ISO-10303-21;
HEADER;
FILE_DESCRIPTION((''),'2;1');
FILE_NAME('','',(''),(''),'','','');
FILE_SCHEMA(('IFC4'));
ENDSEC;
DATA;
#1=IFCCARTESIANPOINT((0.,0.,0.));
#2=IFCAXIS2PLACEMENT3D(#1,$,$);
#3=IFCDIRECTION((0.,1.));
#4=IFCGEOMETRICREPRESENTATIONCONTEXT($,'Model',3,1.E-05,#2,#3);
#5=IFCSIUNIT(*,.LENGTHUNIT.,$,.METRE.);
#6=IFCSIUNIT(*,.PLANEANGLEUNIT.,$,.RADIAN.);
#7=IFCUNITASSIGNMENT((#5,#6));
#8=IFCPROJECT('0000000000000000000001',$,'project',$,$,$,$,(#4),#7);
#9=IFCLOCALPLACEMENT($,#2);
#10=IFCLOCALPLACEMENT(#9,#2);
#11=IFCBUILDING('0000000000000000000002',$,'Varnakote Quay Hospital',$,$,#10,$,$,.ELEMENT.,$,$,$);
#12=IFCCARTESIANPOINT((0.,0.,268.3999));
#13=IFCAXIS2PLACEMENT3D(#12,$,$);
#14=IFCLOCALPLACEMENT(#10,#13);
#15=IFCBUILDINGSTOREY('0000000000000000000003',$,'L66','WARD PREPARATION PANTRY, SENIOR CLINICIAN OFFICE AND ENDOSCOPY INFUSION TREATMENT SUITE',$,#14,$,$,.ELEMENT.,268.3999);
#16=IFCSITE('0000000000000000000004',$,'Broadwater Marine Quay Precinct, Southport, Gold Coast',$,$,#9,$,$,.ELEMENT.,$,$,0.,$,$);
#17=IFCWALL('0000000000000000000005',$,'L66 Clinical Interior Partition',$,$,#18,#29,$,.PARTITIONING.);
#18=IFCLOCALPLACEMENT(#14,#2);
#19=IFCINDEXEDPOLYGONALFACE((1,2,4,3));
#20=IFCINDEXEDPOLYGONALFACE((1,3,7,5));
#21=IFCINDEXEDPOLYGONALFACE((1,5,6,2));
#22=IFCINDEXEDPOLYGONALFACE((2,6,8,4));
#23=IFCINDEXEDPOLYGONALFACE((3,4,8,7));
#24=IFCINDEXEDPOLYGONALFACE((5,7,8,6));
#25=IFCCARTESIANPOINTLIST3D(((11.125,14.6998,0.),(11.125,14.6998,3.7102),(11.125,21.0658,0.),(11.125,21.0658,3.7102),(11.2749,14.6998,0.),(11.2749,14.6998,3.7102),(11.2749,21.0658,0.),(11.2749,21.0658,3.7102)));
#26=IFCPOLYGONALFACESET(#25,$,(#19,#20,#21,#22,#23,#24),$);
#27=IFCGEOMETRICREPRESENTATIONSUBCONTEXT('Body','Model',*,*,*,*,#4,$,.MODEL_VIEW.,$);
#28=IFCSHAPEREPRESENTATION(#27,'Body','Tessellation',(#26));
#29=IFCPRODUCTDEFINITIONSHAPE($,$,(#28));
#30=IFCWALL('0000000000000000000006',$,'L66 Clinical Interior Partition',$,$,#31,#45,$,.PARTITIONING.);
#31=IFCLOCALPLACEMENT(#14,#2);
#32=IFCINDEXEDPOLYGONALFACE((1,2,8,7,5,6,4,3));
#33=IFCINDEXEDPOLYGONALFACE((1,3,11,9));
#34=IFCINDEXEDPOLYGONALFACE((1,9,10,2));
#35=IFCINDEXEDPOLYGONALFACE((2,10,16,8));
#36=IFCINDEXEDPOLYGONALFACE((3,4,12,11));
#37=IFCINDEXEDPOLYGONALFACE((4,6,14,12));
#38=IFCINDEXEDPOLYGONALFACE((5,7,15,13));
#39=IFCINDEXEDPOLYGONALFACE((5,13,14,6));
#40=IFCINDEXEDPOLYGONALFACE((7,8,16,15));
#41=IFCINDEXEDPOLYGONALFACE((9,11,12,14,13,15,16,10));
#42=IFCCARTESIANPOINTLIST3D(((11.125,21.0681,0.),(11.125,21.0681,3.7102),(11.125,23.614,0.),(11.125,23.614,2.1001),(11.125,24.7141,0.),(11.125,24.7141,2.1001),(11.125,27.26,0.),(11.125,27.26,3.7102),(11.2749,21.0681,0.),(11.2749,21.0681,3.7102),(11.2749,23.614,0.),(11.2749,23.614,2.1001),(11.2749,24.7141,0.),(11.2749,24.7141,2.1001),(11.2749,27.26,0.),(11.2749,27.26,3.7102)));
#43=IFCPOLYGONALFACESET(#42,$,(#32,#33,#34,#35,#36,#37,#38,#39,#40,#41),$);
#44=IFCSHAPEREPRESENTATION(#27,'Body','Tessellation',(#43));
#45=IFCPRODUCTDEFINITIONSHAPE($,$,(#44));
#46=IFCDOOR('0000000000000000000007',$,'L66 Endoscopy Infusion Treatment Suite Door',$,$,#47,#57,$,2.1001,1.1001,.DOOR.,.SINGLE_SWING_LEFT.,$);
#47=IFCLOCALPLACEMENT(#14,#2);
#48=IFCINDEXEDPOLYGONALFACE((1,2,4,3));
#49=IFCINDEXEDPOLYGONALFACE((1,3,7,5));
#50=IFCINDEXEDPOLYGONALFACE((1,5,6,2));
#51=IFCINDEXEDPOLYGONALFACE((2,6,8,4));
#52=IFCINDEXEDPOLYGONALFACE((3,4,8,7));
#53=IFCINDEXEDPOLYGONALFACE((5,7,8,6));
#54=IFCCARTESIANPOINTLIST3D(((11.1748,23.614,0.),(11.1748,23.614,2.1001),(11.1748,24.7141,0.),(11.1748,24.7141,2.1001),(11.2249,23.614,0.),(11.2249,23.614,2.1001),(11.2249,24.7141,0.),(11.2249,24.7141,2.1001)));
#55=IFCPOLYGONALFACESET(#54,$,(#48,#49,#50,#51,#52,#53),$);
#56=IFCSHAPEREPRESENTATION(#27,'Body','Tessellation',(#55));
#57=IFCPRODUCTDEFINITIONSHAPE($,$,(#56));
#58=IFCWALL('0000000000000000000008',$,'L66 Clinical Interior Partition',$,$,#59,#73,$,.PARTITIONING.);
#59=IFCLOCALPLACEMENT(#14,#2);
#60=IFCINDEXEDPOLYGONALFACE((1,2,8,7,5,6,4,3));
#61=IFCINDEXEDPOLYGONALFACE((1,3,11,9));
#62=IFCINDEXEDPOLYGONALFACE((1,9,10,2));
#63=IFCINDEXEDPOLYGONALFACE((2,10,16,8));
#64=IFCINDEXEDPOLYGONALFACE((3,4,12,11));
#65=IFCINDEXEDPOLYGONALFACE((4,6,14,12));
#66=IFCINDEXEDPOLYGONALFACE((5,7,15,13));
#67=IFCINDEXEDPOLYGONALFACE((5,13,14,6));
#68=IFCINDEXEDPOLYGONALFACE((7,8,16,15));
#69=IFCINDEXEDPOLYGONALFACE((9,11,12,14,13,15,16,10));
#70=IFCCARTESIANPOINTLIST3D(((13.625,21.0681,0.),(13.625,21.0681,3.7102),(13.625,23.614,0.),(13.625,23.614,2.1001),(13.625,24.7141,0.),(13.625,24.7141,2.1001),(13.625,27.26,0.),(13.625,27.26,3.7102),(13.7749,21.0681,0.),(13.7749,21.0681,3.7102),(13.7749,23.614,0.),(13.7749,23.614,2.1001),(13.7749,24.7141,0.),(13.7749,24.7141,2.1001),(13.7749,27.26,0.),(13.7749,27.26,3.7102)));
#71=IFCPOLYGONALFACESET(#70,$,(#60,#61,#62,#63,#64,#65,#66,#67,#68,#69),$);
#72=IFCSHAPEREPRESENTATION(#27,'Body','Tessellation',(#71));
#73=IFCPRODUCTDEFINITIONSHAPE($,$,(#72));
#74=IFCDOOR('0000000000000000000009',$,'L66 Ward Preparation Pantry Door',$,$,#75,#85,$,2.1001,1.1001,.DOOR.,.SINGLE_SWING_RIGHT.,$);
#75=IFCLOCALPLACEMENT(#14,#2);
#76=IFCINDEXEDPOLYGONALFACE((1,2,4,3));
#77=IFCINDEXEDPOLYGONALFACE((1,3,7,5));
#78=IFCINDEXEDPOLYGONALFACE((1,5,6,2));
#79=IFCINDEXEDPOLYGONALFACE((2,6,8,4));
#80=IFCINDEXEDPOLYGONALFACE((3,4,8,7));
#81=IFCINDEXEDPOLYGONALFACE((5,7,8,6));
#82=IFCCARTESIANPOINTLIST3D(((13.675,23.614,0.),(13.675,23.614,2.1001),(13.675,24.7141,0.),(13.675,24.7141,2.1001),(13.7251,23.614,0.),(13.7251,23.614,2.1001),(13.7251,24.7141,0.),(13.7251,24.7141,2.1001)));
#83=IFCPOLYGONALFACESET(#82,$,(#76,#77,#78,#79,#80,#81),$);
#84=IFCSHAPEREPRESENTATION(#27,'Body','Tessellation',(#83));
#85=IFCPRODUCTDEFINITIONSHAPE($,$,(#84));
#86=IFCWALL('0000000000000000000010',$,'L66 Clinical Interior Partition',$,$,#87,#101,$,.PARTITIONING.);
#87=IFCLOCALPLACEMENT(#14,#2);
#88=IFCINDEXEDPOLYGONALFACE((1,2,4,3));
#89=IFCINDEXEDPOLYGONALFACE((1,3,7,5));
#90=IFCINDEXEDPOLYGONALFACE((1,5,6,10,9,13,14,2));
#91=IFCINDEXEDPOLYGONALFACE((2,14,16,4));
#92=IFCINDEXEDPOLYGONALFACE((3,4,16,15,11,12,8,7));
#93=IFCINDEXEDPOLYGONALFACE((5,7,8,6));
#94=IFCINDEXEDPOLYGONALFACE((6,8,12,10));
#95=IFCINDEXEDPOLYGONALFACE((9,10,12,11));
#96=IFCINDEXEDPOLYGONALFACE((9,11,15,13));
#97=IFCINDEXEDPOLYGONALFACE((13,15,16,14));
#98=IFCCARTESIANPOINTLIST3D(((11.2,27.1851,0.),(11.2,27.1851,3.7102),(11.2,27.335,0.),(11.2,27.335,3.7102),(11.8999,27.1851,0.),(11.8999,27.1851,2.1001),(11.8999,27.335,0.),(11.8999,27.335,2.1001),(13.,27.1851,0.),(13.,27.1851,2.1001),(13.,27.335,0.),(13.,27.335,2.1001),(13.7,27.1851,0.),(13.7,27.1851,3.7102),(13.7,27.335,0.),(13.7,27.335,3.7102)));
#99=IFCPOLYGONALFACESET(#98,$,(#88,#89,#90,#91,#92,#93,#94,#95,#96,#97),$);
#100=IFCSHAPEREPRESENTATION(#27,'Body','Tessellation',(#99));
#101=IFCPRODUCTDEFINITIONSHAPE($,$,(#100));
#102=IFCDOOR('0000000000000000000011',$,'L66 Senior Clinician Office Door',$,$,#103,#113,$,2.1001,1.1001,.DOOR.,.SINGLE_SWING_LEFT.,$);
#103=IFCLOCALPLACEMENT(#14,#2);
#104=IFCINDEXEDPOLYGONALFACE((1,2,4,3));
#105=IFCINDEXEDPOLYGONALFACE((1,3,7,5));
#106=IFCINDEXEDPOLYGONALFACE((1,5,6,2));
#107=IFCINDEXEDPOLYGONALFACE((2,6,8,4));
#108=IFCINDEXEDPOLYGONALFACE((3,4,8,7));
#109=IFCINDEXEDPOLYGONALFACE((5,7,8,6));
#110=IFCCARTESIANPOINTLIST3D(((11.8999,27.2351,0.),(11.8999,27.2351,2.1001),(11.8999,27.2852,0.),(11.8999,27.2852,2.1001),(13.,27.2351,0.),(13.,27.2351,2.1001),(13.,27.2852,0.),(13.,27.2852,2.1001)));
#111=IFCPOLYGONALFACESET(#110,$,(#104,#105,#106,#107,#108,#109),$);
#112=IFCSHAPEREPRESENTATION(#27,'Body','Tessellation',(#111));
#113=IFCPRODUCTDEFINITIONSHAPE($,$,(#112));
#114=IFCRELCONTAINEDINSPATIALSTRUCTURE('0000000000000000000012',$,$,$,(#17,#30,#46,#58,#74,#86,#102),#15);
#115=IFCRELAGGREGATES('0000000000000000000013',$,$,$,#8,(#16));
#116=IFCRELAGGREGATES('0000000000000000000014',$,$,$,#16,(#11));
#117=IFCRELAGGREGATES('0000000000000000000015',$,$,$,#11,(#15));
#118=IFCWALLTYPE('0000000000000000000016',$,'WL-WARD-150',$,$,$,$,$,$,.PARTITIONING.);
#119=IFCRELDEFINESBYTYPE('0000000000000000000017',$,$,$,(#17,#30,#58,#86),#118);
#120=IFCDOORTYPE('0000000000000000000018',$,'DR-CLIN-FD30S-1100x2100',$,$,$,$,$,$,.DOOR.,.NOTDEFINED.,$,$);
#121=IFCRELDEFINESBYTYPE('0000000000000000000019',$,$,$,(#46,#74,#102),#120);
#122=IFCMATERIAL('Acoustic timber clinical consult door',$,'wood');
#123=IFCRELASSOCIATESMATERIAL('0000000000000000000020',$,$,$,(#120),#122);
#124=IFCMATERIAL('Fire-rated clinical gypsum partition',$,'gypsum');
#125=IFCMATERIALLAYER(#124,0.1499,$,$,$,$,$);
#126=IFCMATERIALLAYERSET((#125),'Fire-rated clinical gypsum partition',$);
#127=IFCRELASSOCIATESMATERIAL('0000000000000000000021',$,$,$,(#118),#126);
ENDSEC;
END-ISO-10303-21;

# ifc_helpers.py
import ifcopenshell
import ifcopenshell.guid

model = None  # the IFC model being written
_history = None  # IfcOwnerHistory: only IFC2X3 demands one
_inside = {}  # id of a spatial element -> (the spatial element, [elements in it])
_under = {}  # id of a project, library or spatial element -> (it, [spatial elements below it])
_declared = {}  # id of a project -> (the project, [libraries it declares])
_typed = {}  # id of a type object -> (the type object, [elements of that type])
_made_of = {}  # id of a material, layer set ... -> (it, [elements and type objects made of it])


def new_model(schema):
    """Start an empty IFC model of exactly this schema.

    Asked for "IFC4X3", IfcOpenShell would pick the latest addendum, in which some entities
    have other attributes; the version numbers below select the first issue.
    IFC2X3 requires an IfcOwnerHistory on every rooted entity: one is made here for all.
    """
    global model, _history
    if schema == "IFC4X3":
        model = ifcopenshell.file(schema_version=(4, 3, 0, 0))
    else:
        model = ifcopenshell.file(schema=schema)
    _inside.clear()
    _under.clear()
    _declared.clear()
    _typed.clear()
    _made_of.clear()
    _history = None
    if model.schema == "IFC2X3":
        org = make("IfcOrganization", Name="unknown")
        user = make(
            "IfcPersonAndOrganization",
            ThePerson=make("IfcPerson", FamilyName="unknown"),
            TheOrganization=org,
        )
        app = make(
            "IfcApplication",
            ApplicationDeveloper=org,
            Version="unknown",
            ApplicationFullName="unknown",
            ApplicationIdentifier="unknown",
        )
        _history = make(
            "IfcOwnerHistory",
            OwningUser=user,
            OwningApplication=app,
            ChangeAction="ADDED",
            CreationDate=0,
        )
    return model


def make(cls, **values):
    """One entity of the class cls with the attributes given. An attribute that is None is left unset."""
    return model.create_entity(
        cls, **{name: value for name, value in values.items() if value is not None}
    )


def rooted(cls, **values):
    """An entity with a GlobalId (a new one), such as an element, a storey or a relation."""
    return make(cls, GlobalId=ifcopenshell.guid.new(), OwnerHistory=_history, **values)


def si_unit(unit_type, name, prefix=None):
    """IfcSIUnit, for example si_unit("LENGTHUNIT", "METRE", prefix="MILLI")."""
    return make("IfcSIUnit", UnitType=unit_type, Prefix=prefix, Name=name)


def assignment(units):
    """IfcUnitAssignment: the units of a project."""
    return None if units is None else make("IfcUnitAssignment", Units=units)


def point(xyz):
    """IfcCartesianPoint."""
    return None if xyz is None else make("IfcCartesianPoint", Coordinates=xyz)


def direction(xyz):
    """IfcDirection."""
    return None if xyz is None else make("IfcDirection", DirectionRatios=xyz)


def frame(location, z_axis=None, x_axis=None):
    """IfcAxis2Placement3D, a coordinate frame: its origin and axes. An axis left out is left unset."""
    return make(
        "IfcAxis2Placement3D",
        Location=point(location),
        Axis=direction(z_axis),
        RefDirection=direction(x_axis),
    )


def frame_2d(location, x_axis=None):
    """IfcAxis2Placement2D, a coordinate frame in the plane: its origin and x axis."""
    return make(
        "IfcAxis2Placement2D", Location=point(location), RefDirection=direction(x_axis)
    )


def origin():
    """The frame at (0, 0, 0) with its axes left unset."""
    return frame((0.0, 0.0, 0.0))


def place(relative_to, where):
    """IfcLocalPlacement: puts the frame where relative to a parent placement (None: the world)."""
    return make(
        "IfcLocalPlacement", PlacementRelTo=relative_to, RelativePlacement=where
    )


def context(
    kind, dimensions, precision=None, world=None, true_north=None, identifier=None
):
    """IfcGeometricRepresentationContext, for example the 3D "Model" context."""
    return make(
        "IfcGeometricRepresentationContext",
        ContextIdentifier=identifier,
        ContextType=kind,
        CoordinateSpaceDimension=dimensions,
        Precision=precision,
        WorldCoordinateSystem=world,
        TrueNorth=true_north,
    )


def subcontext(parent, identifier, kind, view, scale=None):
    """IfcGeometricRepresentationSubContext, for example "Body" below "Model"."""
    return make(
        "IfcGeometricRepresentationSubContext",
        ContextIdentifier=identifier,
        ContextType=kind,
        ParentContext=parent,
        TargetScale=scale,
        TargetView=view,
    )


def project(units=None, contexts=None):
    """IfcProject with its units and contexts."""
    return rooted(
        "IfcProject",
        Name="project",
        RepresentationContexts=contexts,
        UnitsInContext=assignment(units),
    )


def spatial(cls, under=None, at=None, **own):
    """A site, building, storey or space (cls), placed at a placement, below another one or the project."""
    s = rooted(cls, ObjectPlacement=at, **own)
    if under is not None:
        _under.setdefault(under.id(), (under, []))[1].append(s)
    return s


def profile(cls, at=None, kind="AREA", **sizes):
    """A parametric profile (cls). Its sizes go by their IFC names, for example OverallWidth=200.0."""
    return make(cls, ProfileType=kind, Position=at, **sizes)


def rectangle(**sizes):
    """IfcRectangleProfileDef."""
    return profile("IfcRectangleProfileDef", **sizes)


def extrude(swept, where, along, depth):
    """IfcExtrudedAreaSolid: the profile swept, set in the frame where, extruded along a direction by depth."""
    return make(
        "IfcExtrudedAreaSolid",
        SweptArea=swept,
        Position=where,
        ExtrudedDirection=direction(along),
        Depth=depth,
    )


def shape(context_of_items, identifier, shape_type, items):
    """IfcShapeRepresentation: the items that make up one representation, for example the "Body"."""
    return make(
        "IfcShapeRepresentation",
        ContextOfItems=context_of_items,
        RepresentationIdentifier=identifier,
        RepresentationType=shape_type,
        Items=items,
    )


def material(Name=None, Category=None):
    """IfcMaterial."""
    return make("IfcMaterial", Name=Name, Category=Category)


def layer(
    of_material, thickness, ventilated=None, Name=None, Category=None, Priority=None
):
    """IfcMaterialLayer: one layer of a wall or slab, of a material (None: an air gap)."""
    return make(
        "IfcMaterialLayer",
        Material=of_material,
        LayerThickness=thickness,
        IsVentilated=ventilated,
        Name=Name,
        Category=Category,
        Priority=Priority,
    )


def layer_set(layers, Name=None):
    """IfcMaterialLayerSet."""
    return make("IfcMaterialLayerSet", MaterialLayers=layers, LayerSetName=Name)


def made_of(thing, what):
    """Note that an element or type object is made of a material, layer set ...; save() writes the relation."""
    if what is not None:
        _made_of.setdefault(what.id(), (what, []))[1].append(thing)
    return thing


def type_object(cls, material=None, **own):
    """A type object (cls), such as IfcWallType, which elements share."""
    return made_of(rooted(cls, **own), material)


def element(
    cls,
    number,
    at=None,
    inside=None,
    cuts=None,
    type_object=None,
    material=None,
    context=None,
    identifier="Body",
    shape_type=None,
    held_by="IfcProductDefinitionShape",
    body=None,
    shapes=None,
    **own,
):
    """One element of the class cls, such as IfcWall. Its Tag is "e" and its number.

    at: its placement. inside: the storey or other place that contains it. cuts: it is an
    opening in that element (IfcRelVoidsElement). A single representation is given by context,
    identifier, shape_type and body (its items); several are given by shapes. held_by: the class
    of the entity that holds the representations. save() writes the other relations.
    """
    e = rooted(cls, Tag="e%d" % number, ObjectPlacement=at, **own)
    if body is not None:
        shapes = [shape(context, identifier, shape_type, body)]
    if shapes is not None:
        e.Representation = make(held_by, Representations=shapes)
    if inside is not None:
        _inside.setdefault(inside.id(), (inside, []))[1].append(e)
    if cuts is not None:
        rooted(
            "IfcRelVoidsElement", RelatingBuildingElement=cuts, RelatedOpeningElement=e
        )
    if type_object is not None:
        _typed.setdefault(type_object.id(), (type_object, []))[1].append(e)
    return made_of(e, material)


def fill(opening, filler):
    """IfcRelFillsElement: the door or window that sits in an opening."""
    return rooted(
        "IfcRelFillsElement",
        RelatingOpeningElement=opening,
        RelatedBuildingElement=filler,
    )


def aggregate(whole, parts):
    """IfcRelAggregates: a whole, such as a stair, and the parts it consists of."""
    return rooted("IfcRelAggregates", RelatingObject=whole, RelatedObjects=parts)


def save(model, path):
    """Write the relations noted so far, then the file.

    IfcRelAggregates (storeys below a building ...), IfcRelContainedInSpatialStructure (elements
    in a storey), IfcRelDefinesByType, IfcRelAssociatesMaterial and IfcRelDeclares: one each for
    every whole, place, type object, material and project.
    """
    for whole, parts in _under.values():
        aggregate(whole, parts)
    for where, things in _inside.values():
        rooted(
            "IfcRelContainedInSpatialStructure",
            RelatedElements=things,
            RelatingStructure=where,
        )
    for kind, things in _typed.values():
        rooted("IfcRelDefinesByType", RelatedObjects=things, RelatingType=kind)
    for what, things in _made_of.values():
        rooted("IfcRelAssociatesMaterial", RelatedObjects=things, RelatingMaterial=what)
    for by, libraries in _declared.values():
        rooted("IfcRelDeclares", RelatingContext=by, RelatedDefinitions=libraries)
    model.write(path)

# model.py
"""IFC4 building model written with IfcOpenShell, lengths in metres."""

from ifc_helpers import new_model, si_unit, direction, frame, frame_2d, origin, place, context, subcontext, project, spatial, rectangle, extrude, material, layer, layer_set, type_object, element, fill, save


model = new_model("IFC4")

# Units and contexts
model_context = context("Model", 3, precision=1e-05, world=origin(), true_north=direction((0.0, 1.0)))
body_context = subcontext(model_context, "Body", "Model", "MODEL_VIEW")
ifc_project = project(units=[si_unit("LENGTHUNIT", "METRE"), si_unit("PLANEANGLEUNIT", "RADIAN")], contexts=[model_context])

# Site, building, storey
site_placement = place(None, origin())
site = spatial("IfcSite", under=ifc_project, at=site_placement, Name="Broadwater Marine Quay Precinct, Southport, Gold Coast", CompositionType="ELEMENT", RefElevation=0.0)
building_placement = place(site_placement, origin())
building = spatial("IfcBuilding", under=site, at=building_placement, Name="Varnakote Quay Hospital", CompositionType="ELEMENT")
storey_placement = place(building_placement, frame((0.0, 0.0, 268.3999)))
storey = spatial("IfcBuildingStorey", under=building, at=storey_placement, Name="L66", Description="WARD PREPARATION PANTRY, SENIOR CLINICIAN OFFICE AND ENDOSCOPY INFUSION TREATMENT SUITE", CompositionType="ELEMENT", Elevation=268.3999)

# Shared definitions
ifc_material_1 = material(Name="Acoustic timber clinical consult door", Category="wood")
door_type = type_object("IfcDoorType", Name="DR-CLIN-FD30S-1100x2100", OperationType="NOTDEFINED", PredefinedType="DOOR", material=ifc_material_1)

# Wall
ifc_material_2 = material(Name="Fire-rated clinical gypsum partition", Category="gypsum")
ifc_layer_1 = layer(ifc_material_2, 0.1499)
ifc_layer_set_1 = layer_set([ifc_layer_1], Name="Fire-rated clinical gypsum partition")
wall_type_1 = type_object("IfcWallType", Name="WL-WARD-150", PredefinedType="PARTITIONING", material=ifc_layer_set_1)
wall_1_placement = place(storey_placement, frame((11.2, 21.0659, 0.0), z_axis=(0.0, 0.0, 1.0), x_axis=(0.0, -1.0, 0.0)))
element("IfcWall", 1, at=wall_1_placement, inside=storey, type_object=wall_type_1, Name="L66 Clinical Interior Partition", PredefinedType="PARTITIONING", context=body_context, shape_type="SweptSolid", body=[
    extrude(rectangle(XDim=6.366, YDim=0.1499, at=frame_2d((3.1831, 0.0))), origin(), (0.0, 0.0, 1.0), 3.7102),
])

# Walls, openings, doors
wall_2_placement = place(storey_placement, frame((11.2, 27.26, 0.0), z_axis=(0.0, 0.0, 1.0), x_axis=(0.0, -1.0, 0.0)))
wall_2 = element("IfcWall", 2, at=wall_2_placement, inside=storey, type_object=wall_type_1, Name="L66 Clinical Interior Partition", PredefinedType="PARTITIONING", context=body_context, shape_type="SweptSolid", body=[
    extrude(rectangle(XDim=6.1919, YDim=0.1499, at=frame_2d((3.0959, 0.0))), origin(), (0.0, 0.0, 1.0), 3.7102),
])
opening_1_placement = place(wall_2_placement, frame((2.5459, 0.0, 0.0)))
opening_1 = element("IfcOpeningElement", 3, at=opening_1_placement, cuts=wall_2, PredefinedType="OPENING", context=body_context, shape_type="SweptSolid", body=[
    extrude(rectangle(XDim=1.1001, YDim=2.1001, at=frame_2d((0.55, 1.05))), frame((0.0, 0.085, 0.0), z_axis=(0.0, -1.0, 0.0), x_axis=(1.0, 0.0, 0.0)), (0.0, 0.0, 1.0), 0.1699),
])
door_1_placement = place(opening_1_placement, origin())
door_1 = element("IfcDoor", 4, at=door_1_placement, inside=storey, type_object=door_type, Name="L66 Endoscopy Infusion Treatment Suite Door", OperationType="SINGLE_SWING_LEFT", OverallHeight=2.1001, OverallWidth=1.1001, PredefinedType="DOOR", context=body_context, shape_type="SweptSolid", body=[
    extrude(rectangle(XDim=1.1001, YDim=2.1001, at=frame_2d((0.55, 1.05))), frame((0.0, 0.0249, 0.0), z_axis=(0.0, -1.0, 0.0), x_axis=(1.0, 0.0, 0.0)), (0.0, 0.0, 1.0), 0.05),
])
fill(opening_1, door_1)
wall_3_placement = place(storey_placement, frame((13.7, 21.0681, 0.0), z_axis=(0.0, 0.0, 1.0), x_axis=(0.0, 1.0, 0.0)))
wall_3 = element("IfcWall", 5, at=wall_3_placement, inside=storey, type_object=wall_type_1, Name="L66 Clinical Interior Partition", PredefinedType="PARTITIONING", context=body_context, shape_type="SweptSolid", body=[
    extrude(rectangle(XDim=6.1919, YDim=0.1499, at=frame_2d((3.0959, 0.0))), origin(), (0.0, 0.0, 1.0), 3.7102),
])
opening_2_placement = place(wall_3_placement, frame((2.5459, 0.0, 0.0)))
opening_2 = element("IfcOpeningElement", 6, at=opening_2_placement, cuts=wall_3, PredefinedType="OPENING", context=body_context, shape_type="SweptSolid", body=[
    extrude(rectangle(XDim=1.1001, YDim=2.1001, at=frame_2d((0.55, 1.05))), frame((0.0, 0.085, 0.0), z_axis=(0.0, -1.0, 0.0), x_axis=(1.0, 0.0, 0.0)), (0.0, 0.0, 1.0), 0.1699),
])
door_2_placement = place(opening_2_placement, origin())
door_2 = element("IfcDoor", 7, at=door_2_placement, inside=storey, type_object=door_type, Name="L66 Ward Preparation Pantry Door", OperationType="SINGLE_SWING_RIGHT", OverallHeight=2.1001, OverallWidth=1.1001, PredefinedType="DOOR", context=body_context, shape_type="SweptSolid", body=[
    extrude(rectangle(XDim=1.1001, YDim=2.1001, at=frame_2d((0.55, 1.05))), frame((0.0, 0.0249, 0.0), z_axis=(0.0, -1.0, 0.0), x_axis=(1.0, 0.0, 0.0)), (0.0, 0.0, 1.0), 0.05),
])
fill(opening_2, door_2)
wall_4_placement = place(storey_placement, frame((13.7, 27.26, 0.0), z_axis=(0.0, 0.0, 1.0), x_axis=(-1.0, 0.0, 0.0)))
wall_4 = element("IfcWall", 8, at=wall_4_placement, inside=storey, type_object=wall_type_1, Name="L66 Clinical Interior Partition", PredefinedType="PARTITIONING", context=body_context, shape_type="SweptSolid", body=[
    extrude(rectangle(XDim=2.5, YDim=0.1499, at=frame_2d((1.25, 0.0))), origin(), (0.0, 0.0, 1.0), 3.7102),
])
opening_3_placement = place(wall_4_placement, frame((0.7, 0.0, 0.0)))
opening_3 = element("IfcOpeningElement", 9, at=opening_3_placement, cuts=wall_4, PredefinedType="OPENING", context=body_context, shape_type="SweptSolid", body=[
    extrude(rectangle(XDim=1.1001, YDim=2.1001, at=frame_2d((0.55, 1.05))), frame((0.0, 0.085, 0.0), z_axis=(0.0, -1.0, 0.0), x_axis=(1.0, 0.0, 0.0)), (0.0, 0.0, 1.0), 0.1699),
])
door_3_placement = place(opening_3_placement, origin())
door_3 = element("IfcDoor", 10, at=door_3_placement, inside=storey, type_object=door_type, Name="L66 Senior Clinician Office Door", OperationType="SINGLE_SWING_LEFT", OverallHeight=2.1001, OverallWidth=1.1001, PredefinedType="DOOR", context=body_context, shape_type="SweptSolid", body=[
    extrude(rectangle(XDim=1.1001, YDim=2.1001, at=frame_2d((0.55, 1.05))), frame((0.0, 0.0249, 0.0), z_axis=(0.0, -1.0, 0.0), x_axis=(1.0, 0.0, 0.0)), (0.0, 0.0, 1.0), 0.05),
])
fill(opening_3, door_3)

save(model, "model.ifc")
